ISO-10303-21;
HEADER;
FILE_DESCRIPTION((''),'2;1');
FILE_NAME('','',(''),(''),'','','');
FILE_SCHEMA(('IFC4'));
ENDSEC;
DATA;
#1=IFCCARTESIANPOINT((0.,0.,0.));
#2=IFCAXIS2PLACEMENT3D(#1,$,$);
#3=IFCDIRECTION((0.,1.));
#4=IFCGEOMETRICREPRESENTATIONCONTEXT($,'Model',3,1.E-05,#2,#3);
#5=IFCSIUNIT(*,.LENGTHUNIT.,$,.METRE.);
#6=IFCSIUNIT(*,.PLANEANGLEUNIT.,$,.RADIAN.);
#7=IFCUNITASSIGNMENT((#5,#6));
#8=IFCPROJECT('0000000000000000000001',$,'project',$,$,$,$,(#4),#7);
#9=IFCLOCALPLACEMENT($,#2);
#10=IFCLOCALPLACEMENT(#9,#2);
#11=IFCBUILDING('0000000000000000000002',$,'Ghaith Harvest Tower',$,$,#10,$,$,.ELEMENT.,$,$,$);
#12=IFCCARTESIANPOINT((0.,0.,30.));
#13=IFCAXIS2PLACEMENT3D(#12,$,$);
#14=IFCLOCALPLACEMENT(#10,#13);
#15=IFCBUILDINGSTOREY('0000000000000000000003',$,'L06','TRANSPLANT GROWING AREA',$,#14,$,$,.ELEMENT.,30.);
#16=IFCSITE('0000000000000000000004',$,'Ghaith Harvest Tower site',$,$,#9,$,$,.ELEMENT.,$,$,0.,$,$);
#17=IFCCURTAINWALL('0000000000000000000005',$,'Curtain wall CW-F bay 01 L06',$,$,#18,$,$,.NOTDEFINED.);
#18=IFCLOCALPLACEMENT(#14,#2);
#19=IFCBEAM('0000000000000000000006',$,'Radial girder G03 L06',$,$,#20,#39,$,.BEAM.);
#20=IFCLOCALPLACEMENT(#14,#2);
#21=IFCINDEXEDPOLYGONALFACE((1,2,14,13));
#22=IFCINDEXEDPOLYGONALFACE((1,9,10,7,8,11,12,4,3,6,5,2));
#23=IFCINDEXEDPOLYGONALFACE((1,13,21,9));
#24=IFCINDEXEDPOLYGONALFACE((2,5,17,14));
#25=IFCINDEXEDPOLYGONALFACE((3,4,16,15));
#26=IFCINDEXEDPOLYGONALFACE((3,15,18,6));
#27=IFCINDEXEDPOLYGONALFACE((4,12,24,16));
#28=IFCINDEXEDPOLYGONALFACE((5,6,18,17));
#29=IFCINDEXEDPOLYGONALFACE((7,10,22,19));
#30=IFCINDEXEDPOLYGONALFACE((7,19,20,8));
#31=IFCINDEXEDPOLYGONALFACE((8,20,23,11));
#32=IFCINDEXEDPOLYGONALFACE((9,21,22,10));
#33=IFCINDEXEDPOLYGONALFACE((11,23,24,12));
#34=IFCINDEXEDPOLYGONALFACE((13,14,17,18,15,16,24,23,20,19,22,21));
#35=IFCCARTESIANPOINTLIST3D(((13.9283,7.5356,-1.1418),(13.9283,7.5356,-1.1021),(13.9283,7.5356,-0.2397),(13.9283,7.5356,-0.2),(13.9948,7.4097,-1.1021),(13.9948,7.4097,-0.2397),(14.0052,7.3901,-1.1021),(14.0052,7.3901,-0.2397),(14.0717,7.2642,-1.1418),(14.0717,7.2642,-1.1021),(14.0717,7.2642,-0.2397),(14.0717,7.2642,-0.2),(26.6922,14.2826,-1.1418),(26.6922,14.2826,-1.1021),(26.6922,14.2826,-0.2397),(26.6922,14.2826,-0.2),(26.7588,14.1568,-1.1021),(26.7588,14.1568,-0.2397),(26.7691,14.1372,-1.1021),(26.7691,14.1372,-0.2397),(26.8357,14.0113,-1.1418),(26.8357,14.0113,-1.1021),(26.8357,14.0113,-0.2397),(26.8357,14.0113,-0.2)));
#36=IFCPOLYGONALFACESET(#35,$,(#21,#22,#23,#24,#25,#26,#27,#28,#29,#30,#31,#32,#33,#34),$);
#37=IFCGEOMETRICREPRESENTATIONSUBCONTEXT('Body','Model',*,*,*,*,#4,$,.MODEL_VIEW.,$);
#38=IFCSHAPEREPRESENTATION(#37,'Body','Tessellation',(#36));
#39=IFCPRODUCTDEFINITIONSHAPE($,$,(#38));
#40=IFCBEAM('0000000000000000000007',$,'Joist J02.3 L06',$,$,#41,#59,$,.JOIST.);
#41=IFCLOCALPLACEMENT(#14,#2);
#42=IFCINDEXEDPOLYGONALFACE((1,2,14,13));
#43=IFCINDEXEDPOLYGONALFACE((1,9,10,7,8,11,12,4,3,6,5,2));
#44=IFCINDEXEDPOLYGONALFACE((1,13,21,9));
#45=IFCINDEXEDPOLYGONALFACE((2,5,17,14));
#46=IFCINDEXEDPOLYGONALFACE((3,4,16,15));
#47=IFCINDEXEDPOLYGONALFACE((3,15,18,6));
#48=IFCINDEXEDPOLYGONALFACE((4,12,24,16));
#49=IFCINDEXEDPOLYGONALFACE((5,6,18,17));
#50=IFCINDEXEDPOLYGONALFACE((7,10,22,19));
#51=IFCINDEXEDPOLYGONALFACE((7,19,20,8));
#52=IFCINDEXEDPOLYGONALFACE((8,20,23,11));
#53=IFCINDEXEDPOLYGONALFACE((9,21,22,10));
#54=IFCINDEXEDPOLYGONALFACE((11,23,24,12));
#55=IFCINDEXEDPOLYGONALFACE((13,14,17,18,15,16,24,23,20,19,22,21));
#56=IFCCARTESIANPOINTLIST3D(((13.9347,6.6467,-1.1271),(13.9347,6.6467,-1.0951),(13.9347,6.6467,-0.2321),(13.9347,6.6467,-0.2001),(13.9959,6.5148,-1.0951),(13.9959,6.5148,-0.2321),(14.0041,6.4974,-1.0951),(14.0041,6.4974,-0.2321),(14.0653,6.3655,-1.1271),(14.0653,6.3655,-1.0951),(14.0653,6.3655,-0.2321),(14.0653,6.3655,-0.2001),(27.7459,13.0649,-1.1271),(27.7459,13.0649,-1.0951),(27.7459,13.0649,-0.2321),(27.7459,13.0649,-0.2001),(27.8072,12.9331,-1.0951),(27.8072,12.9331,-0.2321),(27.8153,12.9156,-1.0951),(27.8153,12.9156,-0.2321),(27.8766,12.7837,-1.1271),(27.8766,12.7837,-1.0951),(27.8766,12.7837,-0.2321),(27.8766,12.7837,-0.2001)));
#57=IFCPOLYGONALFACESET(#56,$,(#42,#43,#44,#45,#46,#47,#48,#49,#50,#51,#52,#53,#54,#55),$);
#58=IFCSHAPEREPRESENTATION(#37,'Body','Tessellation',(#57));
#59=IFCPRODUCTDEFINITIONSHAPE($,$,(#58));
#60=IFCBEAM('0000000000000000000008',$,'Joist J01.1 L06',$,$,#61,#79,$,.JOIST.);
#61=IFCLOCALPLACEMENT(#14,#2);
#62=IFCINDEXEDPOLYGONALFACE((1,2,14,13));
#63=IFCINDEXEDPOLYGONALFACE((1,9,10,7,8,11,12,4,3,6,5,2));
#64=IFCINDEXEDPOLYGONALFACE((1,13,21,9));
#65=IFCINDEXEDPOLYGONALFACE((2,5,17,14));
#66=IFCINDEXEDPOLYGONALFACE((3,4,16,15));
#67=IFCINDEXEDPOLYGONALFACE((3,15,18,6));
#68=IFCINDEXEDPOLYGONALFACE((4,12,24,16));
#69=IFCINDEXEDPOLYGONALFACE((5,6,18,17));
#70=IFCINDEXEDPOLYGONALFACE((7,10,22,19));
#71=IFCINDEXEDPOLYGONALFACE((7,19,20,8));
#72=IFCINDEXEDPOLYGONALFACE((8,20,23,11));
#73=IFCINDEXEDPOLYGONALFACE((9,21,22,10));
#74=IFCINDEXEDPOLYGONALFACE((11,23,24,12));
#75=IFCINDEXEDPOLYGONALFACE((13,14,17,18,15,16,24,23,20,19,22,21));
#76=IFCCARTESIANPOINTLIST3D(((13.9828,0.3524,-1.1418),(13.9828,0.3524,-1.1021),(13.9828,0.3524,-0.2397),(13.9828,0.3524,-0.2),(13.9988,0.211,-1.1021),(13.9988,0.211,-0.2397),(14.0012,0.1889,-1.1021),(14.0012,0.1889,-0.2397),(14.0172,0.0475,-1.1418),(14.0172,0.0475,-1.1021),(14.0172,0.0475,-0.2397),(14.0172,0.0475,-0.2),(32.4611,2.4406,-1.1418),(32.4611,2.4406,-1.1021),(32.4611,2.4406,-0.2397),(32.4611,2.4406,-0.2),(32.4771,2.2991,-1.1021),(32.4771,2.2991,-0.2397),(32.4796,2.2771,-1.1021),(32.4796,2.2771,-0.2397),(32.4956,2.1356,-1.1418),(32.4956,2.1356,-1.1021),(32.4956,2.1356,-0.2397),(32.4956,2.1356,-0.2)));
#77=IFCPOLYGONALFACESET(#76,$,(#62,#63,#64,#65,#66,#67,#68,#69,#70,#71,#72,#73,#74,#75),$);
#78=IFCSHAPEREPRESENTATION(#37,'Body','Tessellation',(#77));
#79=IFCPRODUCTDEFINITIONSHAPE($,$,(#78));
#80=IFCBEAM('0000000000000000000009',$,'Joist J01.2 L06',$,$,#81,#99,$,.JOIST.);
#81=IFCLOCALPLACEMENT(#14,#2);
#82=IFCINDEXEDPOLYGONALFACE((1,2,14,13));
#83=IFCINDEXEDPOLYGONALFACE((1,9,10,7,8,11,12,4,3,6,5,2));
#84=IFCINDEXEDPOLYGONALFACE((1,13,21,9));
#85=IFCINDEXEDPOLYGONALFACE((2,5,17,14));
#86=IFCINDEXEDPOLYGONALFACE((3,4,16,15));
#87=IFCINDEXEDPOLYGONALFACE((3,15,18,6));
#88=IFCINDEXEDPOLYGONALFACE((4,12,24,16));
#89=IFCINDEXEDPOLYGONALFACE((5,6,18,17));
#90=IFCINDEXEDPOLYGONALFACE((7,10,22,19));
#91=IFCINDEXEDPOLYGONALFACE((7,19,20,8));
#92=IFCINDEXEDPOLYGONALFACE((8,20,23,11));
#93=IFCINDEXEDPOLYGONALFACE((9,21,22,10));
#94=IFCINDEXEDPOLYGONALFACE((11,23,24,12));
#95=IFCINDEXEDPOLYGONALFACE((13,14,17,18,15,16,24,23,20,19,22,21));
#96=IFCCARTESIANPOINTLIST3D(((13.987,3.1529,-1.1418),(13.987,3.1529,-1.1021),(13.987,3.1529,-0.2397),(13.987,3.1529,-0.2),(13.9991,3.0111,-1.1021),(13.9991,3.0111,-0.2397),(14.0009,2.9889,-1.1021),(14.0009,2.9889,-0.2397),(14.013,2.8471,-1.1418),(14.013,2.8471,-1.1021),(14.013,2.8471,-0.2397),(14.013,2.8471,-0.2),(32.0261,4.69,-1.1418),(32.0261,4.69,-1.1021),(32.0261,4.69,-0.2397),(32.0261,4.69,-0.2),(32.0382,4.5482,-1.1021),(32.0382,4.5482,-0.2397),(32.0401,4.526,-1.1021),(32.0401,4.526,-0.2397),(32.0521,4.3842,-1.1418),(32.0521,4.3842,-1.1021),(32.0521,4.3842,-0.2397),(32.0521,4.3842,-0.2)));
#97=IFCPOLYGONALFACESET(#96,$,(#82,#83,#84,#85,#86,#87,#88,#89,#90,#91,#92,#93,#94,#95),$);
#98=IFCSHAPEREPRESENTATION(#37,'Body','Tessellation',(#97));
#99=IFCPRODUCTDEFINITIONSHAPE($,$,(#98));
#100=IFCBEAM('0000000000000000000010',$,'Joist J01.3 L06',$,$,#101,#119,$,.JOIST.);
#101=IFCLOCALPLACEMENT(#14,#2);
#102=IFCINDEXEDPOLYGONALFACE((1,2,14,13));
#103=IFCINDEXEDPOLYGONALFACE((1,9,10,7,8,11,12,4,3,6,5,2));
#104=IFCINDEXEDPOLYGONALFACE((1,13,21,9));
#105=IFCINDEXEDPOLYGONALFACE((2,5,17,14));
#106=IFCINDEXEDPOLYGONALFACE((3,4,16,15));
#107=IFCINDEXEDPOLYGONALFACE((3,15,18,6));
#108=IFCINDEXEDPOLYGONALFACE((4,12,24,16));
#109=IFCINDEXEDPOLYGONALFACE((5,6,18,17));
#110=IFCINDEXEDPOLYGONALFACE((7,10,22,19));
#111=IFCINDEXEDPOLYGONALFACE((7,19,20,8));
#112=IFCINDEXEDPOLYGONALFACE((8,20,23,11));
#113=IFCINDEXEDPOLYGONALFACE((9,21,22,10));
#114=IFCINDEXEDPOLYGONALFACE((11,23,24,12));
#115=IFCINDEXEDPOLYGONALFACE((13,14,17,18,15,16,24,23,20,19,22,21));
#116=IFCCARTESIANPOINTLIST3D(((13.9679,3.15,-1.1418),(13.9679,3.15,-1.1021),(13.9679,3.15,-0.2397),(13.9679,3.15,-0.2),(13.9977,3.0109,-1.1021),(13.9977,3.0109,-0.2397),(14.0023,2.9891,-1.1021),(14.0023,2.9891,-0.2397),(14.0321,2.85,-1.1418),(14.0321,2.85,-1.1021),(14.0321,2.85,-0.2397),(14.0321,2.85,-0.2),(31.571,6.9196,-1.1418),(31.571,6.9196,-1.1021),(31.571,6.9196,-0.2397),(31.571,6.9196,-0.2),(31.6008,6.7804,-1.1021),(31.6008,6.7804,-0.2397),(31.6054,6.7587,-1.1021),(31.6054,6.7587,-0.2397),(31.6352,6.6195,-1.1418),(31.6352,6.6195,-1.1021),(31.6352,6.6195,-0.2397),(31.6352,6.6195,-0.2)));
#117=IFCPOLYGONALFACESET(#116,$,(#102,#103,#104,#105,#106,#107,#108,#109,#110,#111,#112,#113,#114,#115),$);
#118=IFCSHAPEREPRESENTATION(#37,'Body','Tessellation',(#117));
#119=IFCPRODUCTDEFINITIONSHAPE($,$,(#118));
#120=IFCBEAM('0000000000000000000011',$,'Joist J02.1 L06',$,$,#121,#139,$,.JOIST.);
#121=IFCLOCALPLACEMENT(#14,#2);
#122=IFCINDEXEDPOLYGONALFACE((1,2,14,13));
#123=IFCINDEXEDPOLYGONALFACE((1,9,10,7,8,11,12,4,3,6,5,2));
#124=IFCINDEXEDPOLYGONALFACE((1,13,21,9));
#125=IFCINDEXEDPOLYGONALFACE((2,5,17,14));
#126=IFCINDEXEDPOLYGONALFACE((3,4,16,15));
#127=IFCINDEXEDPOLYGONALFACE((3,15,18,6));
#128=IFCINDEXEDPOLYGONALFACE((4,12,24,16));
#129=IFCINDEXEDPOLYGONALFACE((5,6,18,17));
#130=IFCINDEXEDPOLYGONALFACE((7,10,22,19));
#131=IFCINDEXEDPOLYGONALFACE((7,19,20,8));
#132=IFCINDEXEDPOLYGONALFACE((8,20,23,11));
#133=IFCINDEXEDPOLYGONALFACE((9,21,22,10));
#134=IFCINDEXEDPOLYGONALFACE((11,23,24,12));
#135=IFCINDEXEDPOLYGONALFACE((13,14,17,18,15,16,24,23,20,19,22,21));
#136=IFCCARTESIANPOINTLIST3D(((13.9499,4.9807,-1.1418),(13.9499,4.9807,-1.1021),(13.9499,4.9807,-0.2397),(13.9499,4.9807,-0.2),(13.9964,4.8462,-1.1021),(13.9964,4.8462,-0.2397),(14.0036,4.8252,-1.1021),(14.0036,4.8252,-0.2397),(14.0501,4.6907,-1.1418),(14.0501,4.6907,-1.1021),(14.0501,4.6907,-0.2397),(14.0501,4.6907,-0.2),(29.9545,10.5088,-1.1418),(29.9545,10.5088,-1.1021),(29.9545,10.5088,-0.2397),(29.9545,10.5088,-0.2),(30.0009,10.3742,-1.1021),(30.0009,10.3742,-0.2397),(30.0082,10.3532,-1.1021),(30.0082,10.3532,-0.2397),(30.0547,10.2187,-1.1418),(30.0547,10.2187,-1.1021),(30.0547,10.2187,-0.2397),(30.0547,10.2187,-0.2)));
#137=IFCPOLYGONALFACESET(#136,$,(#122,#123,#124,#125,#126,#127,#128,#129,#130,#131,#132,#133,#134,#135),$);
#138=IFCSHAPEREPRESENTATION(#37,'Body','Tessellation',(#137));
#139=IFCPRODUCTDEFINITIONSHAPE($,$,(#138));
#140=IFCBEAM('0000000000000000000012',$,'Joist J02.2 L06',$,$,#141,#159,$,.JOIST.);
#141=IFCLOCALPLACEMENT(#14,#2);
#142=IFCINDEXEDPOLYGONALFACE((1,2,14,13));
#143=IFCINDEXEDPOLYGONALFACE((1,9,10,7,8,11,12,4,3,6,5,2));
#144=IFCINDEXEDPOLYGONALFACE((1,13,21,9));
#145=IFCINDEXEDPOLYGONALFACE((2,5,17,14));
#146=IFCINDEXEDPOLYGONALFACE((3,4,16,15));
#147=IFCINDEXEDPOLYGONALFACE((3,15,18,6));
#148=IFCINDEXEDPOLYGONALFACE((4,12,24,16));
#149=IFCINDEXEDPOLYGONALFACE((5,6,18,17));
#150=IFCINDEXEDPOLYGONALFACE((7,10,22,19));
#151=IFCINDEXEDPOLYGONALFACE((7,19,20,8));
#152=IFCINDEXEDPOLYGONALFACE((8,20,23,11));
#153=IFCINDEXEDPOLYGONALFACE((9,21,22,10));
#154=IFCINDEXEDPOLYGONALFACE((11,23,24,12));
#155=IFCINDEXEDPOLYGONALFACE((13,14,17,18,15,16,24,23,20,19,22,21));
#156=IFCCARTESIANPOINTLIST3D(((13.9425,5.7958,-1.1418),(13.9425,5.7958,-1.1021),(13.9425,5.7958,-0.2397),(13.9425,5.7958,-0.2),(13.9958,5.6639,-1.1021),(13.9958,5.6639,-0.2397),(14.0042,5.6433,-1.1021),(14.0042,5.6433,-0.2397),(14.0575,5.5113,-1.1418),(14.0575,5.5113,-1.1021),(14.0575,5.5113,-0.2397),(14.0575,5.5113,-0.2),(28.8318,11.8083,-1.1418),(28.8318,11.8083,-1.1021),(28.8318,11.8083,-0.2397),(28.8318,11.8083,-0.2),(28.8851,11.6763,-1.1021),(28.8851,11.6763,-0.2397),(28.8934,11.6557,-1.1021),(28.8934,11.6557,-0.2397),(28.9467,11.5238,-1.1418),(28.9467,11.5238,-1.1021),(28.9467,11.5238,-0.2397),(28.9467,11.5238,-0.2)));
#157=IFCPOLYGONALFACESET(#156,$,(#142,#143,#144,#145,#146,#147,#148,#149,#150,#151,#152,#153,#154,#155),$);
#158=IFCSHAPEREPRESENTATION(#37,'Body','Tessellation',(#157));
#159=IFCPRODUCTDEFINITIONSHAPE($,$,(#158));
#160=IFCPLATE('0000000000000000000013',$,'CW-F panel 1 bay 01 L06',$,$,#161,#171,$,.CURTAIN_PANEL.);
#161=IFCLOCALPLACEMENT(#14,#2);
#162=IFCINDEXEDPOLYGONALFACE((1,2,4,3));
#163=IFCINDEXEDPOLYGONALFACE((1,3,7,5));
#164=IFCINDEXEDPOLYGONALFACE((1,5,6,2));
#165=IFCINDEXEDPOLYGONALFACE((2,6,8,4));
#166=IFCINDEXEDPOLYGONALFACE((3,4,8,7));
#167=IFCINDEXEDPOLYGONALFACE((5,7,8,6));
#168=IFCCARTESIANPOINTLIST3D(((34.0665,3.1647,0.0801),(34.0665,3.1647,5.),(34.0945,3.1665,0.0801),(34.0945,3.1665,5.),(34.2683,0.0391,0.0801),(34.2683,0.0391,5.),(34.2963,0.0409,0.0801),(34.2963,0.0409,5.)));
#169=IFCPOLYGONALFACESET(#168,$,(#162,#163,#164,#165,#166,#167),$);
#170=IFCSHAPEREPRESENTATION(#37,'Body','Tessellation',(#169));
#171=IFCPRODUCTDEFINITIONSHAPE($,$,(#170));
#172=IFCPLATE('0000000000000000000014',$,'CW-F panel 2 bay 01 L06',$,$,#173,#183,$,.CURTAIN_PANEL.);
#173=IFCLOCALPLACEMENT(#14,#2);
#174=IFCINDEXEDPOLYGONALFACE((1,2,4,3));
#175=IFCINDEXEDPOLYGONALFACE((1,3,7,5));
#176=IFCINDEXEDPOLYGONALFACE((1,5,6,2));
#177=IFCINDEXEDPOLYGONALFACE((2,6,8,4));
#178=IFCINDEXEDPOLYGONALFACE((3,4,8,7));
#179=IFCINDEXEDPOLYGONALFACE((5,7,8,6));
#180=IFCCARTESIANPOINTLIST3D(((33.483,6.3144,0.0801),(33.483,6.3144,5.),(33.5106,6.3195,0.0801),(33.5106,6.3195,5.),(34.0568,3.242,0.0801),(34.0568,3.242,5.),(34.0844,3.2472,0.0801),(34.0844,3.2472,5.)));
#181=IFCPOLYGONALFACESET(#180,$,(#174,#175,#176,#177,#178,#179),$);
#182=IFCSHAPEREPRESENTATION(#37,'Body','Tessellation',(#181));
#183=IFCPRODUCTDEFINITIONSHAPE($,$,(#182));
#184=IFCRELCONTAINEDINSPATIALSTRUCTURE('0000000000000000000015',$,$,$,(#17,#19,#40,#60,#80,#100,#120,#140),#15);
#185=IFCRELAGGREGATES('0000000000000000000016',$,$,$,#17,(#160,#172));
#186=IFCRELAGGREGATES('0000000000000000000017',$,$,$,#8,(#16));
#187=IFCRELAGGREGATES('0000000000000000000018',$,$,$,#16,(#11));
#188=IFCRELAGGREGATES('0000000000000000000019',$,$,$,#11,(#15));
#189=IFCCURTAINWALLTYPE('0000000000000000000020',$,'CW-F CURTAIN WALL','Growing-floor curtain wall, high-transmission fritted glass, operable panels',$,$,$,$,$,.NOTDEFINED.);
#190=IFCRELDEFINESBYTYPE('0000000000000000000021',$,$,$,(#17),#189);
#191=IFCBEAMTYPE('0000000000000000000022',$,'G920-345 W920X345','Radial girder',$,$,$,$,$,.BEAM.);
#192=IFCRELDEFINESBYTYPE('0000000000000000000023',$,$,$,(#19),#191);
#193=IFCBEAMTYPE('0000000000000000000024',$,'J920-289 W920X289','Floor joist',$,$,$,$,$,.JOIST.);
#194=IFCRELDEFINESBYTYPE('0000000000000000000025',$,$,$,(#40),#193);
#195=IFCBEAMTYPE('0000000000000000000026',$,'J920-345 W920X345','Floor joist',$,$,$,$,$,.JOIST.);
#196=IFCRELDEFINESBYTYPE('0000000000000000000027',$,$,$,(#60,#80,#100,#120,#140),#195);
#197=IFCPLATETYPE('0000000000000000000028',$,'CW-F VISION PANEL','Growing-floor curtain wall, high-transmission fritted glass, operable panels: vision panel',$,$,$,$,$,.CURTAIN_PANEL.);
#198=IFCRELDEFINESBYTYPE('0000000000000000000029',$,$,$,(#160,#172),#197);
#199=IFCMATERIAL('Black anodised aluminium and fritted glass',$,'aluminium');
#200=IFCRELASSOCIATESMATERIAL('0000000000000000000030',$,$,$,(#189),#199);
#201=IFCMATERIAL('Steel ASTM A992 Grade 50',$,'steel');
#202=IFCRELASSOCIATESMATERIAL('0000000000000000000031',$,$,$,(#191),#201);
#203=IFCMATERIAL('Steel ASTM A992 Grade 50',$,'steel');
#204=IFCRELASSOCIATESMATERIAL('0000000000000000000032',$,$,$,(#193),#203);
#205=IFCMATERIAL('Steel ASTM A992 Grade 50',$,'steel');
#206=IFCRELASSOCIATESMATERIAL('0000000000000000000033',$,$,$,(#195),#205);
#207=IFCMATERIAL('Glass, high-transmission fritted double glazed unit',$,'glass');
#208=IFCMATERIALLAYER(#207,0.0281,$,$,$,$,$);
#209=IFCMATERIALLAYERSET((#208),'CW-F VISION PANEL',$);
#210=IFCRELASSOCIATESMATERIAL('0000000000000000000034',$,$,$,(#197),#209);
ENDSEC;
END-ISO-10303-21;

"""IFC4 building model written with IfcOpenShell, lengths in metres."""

from ifc_helpers import new_model, si_unit, direction, frame, origin, origin_2d, place, context, subcontext, project, spatial, rectangle, i_section, extrude, material, layer, layer_set, material_profile, profile_set, type_object, element, aggregate, save


model = new_model("IFC4")

# Units and contexts
model_context = context("Model", 3, precision=1e-05, world=origin(), true_north=direction((0.0, 1.0)))
body_context = subcontext(model_context, "Body", "Model", "MODEL_VIEW")
ifc_project = project(units=[si_unit("LENGTHUNIT", "METRE"), si_unit("PLANEANGLEUNIT", "RADIAN")], contexts=[model_context])

# Site, building, storey
site_placement = place(None, origin())
site = spatial("IfcSite", under=ifc_project, at=site_placement, Name="Ghaith Harvest Tower site", CompositionType="ELEMENT", RefElevation=0.0)
building_placement = place(site_placement, origin())
building = spatial("IfcBuilding", under=site, at=building_placement, Name="Ghaith Harvest Tower", CompositionType="ELEMENT")
storey_placement = place(building_placement, frame((0.0, 0.0, 30.0)))
storey = spatial("IfcBuildingStorey", under=building, at=storey_placement, Name="L06", Description="TRANSPLANT GROWING AREA", CompositionType="ELEMENT", Elevation=30.0)

# Curtain wall
ifc_material_1 = material(Name="Black anodised aluminium and fritted glass", Category="aluminium")
curtain_wall_type = type_object("IfcCurtainWallType", Name="CW-F CURTAIN WALL", Description="Growing-floor curtain wall, high-transmission fritted glass, operable panels", PredefinedType="NOTDEFINED", material=ifc_material_1)
curtain_wall_placement = place(storey_placement, origin())
curtain_wall = element("IfcCurtainWall", 1, at=curtain_wall_placement, inside=storey, type_object=curtain_wall_type, Name="Curtain wall CW-F bay 01 L06", PredefinedType="NOTDEFINED")

# Beams
ifc_material_2 = material(Name="Steel ASTM A992 Grade 50", Category="steel")
ifc_material_profile_1 = material_profile(ifc_material_2, i_section(OverallWidth=0.3069, OverallDepth=0.9419, WebThickness=0.0222, FlangeThickness=0.0398, at=origin_2d()), Name="W920X345")
ifc_profile_set_1 = profile_set([ifc_material_profile_1], Name="Steel ASTM A992 Grade 50")
beam_type_1 = type_object("IfcBeamType", Name="G920-345 W920X345", Description="Radial girder", PredefinedType="BEAM", material=ifc_profile_set_1)
beam_1_placement = place(storey_placement, frame((14.0, 7.3999, -0.6709), z_axis=(0.884083, 0.467331, 0.0), x_axis=(-0.467331, 0.884083, 0.0)))
element("IfcBeam", 2, at=beam_1_placement, inside=storey, type_object=beam_type_1, Name="Radial girder G03 L06", PredefinedType="BEAM", context=body_context, shape_type="SweptSolid", body=[
    extrude(i_section(OverallWidth=0.3069, OverallDepth=0.9419, WebThickness=0.0222, FlangeThickness=0.0398, at=origin_2d()), origin(), (0.0, 0.0, 1.0), 14.4375),
])
ifc_material_3 = material(Name="Steel ASTM A992 Grade 50", Category="steel")
ifc_material_profile_2 = material_profile(ifc_material_3, i_section(OverallWidth=0.3101, OverallDepth=0.927, WebThickness=0.0193, FlangeThickness=0.032, at=origin_2d()), Name="W920X289")
ifc_profile_set_2 = profile_set([ifc_material_profile_2], Name="Steel ASTM A992 Grade 50")
beam_type_2 = type_object("IfcBeamType", Name="J920-289 W920X289", Description="Floor joist", PredefinedType="JOIST", material=ifc_profile_set_2)
beam_2_placement = place(storey_placement, frame((14.0, 6.5061, -0.6636), z_axis=(0.906863, 0.421426, 0.0), x_axis=(-0.421426, 0.906863, 0.0)))
element("IfcBeam", 3, at=beam_2_placement, inside=storey, type_object=beam_type_2, Name="Joist J02.3 L06", PredefinedType="JOIST", context=body_context, shape_type="SweptSolid", body=[
    extrude(i_section(OverallWidth=0.3101, OverallDepth=0.927, WebThickness=0.0193, FlangeThickness=0.032, at=origin_2d()), origin(), (0.0, 0.0, 1.0), 15.2297),
])
ifc_material_4 = material(Name="Steel ASTM A992 Grade 50", Category="steel")
ifc_material_profile_3 = material_profile(ifc_material_4, i_section(OverallWidth=0.3069, OverallDepth=0.9419, WebThickness=0.0222, FlangeThickness=0.0398, at=origin_2d()), Name="W920X345")
ifc_profile_set_3 = profile_set([ifc_material_profile_3], Name="Steel ASTM A992 Grade 50")
beam_type_3 = type_object("IfcBeamType", Name="J920-345 W920X345", Description="Floor joist", PredefinedType="JOIST", material=ifc_profile_set_3)
beam_3_placement = place(storey_placement, frame((14.0, 0.2, -0.6709), z_axis=(0.993675, 0.11229, 0.0), x_axis=(-0.11229, 0.993675, 0.0)))
element("IfcBeam", 4, at=beam_3_placement, inside=storey, type_object=beam_type_3, Name="Joist J01.1 L06", PredefinedType="JOIST", context=body_context, shape_type="SweptSolid", body=[
    extrude(i_section(OverallWidth=0.3069, OverallDepth=0.9419, WebThickness=0.0222, FlangeThickness=0.0398, at=origin_2d()), origin(), (0.0, 0.0, 1.0), 18.5959),
])
beam_4_placement = place(storey_placement, frame((14.0, 3.0, -0.6709), z_axis=(0.996389, 0.084902, 0.0), x_axis=(-0.084902, 0.996389, 0.0)))
element("IfcBeam", 5, at=beam_4_placement, inside=storey, type_object=beam_type_3, Name="Joist J01.2 L06", PredefinedType="JOIST", context=body_context, shape_type="SweptSolid", body=[
    extrude(i_section(OverallWidth=0.3069, OverallDepth=0.9419, WebThickness=0.0222, FlangeThickness=0.0398, at=origin_2d()), origin(), (0.0, 0.0, 1.0), 18.1045),
])
beam_5_placement = place(storey_placement, frame((14.0, 3.0, -0.6709), z_axis=(0.977831, 0.209394, 0.0), x_axis=(-0.209394, 0.977831, 0.0)))
element("IfcBeam", 6, at=beam_5_placement, inside=storey, type_object=beam_type_3, Name="Joist J01.3 L06", PredefinedType="JOIST", context=body_context, shape_type="SweptSolid", body=[
    extrude(i_section(OverallWidth=0.3069, OverallDepth=0.9419, WebThickness=0.0222, FlangeThickness=0.0398, at=origin_2d()), origin(), (0.0, 0.0, 1.0), 18.0022),
])
beam_6_placement = place(storey_placement, frame((14.0, 4.8357, -0.6709), z_axis=(0.945205, 0.326478, 0.0), x_axis=(-0.326478, 0.945205, 0.0)))
element("IfcBeam", 7, at=beam_6_placement, inside=storey, type_object=beam_type_3, Name="Joist J02.1 L06", PredefinedType="JOIST", context=body_context, shape_type="SweptSolid", body=[
    extrude(i_section(OverallWidth=0.3069, OverallDepth=0.9419, WebThickness=0.0222, FlangeThickness=0.0398, at=origin_2d()), origin(), (0.0, 0.0, 1.0), 16.9324),
])
beam_7_placement = place(storey_placement, frame((14.0, 5.6536, -0.6709), z_axis=(0.927252, 0.374437, 0.0), x_axis=(-0.374437, 0.927252, 0.0)))
element("IfcBeam", 8, at=beam_7_placement, inside=storey, type_object=beam_type_3, Name="Joist J02.2 L06", PredefinedType="JOIST", context=body_context, shape_type="SweptSolid", body=[
    extrude(i_section(OverallWidth=0.3069, OverallDepth=0.9419, WebThickness=0.0222, FlangeThickness=0.0398, at=origin_2d()), origin(), (0.0, 0.0, 1.0), 16.0574),
])

# Plates
ifc_material_5 = material(Name="Glass, high-transmission fritted double glazed unit", Category="glass")
ifc_layer_1 = layer(ifc_material_5, 0.0281)
ifc_layer_set_1 = layer_set([ifc_layer_1], Name="CW-F VISION PANEL")
plate_type = type_object("IfcPlateType", Name="CW-F VISION PANEL", Description="Growing-floor curtain wall, high-transmission fritted glass, operable panels: vision panel", PredefinedType="CURTAIN_PANEL", material=ifc_layer_set_1)
plate_1_placement = place(storey_placement, frame((34.1814, 1.6028, 0.0801), z_axis=(0.0, 0.0, 1.0), x_axis=(-0.064446, 0.997921, 0.0)))
plate_1 = element("IfcPlate", 9, at=plate_1_placement, type_object=plate_type, Name="CW-F panel 1 bay 01 L06", PredefinedType="CURTAIN_PANEL", context=body_context, shape_type="SweptSolid", body=[
    extrude(rectangle(XDim=3.1321, YDim=0.0281, at=origin_2d()), origin(), (0.0, 0.0, 1.0), 4.9199),
])
plate_2_placement = place(storey_placement, frame((33.7837, 4.7808, 0.0801), z_axis=(0.0, 0.0, 1.0), x_axis=(-0.183569, 0.983007, 0.0)))
plate_2 = element("IfcPlate", 10, at=plate_2_placement, type_object=plate_type, Name="CW-F panel 2 bay 01 L06", PredefinedType="CURTAIN_PANEL", context=body_context, shape_type="SweptSolid", body=[
    extrude(rectangle(XDim=3.1255, YDim=0.0281, at=origin_2d()), origin(), (0.0, 0.0, 1.0), 4.9199),
])
aggregate(curtain_wall, [plate_1, plate_2])

save(model, "model.ifc")
